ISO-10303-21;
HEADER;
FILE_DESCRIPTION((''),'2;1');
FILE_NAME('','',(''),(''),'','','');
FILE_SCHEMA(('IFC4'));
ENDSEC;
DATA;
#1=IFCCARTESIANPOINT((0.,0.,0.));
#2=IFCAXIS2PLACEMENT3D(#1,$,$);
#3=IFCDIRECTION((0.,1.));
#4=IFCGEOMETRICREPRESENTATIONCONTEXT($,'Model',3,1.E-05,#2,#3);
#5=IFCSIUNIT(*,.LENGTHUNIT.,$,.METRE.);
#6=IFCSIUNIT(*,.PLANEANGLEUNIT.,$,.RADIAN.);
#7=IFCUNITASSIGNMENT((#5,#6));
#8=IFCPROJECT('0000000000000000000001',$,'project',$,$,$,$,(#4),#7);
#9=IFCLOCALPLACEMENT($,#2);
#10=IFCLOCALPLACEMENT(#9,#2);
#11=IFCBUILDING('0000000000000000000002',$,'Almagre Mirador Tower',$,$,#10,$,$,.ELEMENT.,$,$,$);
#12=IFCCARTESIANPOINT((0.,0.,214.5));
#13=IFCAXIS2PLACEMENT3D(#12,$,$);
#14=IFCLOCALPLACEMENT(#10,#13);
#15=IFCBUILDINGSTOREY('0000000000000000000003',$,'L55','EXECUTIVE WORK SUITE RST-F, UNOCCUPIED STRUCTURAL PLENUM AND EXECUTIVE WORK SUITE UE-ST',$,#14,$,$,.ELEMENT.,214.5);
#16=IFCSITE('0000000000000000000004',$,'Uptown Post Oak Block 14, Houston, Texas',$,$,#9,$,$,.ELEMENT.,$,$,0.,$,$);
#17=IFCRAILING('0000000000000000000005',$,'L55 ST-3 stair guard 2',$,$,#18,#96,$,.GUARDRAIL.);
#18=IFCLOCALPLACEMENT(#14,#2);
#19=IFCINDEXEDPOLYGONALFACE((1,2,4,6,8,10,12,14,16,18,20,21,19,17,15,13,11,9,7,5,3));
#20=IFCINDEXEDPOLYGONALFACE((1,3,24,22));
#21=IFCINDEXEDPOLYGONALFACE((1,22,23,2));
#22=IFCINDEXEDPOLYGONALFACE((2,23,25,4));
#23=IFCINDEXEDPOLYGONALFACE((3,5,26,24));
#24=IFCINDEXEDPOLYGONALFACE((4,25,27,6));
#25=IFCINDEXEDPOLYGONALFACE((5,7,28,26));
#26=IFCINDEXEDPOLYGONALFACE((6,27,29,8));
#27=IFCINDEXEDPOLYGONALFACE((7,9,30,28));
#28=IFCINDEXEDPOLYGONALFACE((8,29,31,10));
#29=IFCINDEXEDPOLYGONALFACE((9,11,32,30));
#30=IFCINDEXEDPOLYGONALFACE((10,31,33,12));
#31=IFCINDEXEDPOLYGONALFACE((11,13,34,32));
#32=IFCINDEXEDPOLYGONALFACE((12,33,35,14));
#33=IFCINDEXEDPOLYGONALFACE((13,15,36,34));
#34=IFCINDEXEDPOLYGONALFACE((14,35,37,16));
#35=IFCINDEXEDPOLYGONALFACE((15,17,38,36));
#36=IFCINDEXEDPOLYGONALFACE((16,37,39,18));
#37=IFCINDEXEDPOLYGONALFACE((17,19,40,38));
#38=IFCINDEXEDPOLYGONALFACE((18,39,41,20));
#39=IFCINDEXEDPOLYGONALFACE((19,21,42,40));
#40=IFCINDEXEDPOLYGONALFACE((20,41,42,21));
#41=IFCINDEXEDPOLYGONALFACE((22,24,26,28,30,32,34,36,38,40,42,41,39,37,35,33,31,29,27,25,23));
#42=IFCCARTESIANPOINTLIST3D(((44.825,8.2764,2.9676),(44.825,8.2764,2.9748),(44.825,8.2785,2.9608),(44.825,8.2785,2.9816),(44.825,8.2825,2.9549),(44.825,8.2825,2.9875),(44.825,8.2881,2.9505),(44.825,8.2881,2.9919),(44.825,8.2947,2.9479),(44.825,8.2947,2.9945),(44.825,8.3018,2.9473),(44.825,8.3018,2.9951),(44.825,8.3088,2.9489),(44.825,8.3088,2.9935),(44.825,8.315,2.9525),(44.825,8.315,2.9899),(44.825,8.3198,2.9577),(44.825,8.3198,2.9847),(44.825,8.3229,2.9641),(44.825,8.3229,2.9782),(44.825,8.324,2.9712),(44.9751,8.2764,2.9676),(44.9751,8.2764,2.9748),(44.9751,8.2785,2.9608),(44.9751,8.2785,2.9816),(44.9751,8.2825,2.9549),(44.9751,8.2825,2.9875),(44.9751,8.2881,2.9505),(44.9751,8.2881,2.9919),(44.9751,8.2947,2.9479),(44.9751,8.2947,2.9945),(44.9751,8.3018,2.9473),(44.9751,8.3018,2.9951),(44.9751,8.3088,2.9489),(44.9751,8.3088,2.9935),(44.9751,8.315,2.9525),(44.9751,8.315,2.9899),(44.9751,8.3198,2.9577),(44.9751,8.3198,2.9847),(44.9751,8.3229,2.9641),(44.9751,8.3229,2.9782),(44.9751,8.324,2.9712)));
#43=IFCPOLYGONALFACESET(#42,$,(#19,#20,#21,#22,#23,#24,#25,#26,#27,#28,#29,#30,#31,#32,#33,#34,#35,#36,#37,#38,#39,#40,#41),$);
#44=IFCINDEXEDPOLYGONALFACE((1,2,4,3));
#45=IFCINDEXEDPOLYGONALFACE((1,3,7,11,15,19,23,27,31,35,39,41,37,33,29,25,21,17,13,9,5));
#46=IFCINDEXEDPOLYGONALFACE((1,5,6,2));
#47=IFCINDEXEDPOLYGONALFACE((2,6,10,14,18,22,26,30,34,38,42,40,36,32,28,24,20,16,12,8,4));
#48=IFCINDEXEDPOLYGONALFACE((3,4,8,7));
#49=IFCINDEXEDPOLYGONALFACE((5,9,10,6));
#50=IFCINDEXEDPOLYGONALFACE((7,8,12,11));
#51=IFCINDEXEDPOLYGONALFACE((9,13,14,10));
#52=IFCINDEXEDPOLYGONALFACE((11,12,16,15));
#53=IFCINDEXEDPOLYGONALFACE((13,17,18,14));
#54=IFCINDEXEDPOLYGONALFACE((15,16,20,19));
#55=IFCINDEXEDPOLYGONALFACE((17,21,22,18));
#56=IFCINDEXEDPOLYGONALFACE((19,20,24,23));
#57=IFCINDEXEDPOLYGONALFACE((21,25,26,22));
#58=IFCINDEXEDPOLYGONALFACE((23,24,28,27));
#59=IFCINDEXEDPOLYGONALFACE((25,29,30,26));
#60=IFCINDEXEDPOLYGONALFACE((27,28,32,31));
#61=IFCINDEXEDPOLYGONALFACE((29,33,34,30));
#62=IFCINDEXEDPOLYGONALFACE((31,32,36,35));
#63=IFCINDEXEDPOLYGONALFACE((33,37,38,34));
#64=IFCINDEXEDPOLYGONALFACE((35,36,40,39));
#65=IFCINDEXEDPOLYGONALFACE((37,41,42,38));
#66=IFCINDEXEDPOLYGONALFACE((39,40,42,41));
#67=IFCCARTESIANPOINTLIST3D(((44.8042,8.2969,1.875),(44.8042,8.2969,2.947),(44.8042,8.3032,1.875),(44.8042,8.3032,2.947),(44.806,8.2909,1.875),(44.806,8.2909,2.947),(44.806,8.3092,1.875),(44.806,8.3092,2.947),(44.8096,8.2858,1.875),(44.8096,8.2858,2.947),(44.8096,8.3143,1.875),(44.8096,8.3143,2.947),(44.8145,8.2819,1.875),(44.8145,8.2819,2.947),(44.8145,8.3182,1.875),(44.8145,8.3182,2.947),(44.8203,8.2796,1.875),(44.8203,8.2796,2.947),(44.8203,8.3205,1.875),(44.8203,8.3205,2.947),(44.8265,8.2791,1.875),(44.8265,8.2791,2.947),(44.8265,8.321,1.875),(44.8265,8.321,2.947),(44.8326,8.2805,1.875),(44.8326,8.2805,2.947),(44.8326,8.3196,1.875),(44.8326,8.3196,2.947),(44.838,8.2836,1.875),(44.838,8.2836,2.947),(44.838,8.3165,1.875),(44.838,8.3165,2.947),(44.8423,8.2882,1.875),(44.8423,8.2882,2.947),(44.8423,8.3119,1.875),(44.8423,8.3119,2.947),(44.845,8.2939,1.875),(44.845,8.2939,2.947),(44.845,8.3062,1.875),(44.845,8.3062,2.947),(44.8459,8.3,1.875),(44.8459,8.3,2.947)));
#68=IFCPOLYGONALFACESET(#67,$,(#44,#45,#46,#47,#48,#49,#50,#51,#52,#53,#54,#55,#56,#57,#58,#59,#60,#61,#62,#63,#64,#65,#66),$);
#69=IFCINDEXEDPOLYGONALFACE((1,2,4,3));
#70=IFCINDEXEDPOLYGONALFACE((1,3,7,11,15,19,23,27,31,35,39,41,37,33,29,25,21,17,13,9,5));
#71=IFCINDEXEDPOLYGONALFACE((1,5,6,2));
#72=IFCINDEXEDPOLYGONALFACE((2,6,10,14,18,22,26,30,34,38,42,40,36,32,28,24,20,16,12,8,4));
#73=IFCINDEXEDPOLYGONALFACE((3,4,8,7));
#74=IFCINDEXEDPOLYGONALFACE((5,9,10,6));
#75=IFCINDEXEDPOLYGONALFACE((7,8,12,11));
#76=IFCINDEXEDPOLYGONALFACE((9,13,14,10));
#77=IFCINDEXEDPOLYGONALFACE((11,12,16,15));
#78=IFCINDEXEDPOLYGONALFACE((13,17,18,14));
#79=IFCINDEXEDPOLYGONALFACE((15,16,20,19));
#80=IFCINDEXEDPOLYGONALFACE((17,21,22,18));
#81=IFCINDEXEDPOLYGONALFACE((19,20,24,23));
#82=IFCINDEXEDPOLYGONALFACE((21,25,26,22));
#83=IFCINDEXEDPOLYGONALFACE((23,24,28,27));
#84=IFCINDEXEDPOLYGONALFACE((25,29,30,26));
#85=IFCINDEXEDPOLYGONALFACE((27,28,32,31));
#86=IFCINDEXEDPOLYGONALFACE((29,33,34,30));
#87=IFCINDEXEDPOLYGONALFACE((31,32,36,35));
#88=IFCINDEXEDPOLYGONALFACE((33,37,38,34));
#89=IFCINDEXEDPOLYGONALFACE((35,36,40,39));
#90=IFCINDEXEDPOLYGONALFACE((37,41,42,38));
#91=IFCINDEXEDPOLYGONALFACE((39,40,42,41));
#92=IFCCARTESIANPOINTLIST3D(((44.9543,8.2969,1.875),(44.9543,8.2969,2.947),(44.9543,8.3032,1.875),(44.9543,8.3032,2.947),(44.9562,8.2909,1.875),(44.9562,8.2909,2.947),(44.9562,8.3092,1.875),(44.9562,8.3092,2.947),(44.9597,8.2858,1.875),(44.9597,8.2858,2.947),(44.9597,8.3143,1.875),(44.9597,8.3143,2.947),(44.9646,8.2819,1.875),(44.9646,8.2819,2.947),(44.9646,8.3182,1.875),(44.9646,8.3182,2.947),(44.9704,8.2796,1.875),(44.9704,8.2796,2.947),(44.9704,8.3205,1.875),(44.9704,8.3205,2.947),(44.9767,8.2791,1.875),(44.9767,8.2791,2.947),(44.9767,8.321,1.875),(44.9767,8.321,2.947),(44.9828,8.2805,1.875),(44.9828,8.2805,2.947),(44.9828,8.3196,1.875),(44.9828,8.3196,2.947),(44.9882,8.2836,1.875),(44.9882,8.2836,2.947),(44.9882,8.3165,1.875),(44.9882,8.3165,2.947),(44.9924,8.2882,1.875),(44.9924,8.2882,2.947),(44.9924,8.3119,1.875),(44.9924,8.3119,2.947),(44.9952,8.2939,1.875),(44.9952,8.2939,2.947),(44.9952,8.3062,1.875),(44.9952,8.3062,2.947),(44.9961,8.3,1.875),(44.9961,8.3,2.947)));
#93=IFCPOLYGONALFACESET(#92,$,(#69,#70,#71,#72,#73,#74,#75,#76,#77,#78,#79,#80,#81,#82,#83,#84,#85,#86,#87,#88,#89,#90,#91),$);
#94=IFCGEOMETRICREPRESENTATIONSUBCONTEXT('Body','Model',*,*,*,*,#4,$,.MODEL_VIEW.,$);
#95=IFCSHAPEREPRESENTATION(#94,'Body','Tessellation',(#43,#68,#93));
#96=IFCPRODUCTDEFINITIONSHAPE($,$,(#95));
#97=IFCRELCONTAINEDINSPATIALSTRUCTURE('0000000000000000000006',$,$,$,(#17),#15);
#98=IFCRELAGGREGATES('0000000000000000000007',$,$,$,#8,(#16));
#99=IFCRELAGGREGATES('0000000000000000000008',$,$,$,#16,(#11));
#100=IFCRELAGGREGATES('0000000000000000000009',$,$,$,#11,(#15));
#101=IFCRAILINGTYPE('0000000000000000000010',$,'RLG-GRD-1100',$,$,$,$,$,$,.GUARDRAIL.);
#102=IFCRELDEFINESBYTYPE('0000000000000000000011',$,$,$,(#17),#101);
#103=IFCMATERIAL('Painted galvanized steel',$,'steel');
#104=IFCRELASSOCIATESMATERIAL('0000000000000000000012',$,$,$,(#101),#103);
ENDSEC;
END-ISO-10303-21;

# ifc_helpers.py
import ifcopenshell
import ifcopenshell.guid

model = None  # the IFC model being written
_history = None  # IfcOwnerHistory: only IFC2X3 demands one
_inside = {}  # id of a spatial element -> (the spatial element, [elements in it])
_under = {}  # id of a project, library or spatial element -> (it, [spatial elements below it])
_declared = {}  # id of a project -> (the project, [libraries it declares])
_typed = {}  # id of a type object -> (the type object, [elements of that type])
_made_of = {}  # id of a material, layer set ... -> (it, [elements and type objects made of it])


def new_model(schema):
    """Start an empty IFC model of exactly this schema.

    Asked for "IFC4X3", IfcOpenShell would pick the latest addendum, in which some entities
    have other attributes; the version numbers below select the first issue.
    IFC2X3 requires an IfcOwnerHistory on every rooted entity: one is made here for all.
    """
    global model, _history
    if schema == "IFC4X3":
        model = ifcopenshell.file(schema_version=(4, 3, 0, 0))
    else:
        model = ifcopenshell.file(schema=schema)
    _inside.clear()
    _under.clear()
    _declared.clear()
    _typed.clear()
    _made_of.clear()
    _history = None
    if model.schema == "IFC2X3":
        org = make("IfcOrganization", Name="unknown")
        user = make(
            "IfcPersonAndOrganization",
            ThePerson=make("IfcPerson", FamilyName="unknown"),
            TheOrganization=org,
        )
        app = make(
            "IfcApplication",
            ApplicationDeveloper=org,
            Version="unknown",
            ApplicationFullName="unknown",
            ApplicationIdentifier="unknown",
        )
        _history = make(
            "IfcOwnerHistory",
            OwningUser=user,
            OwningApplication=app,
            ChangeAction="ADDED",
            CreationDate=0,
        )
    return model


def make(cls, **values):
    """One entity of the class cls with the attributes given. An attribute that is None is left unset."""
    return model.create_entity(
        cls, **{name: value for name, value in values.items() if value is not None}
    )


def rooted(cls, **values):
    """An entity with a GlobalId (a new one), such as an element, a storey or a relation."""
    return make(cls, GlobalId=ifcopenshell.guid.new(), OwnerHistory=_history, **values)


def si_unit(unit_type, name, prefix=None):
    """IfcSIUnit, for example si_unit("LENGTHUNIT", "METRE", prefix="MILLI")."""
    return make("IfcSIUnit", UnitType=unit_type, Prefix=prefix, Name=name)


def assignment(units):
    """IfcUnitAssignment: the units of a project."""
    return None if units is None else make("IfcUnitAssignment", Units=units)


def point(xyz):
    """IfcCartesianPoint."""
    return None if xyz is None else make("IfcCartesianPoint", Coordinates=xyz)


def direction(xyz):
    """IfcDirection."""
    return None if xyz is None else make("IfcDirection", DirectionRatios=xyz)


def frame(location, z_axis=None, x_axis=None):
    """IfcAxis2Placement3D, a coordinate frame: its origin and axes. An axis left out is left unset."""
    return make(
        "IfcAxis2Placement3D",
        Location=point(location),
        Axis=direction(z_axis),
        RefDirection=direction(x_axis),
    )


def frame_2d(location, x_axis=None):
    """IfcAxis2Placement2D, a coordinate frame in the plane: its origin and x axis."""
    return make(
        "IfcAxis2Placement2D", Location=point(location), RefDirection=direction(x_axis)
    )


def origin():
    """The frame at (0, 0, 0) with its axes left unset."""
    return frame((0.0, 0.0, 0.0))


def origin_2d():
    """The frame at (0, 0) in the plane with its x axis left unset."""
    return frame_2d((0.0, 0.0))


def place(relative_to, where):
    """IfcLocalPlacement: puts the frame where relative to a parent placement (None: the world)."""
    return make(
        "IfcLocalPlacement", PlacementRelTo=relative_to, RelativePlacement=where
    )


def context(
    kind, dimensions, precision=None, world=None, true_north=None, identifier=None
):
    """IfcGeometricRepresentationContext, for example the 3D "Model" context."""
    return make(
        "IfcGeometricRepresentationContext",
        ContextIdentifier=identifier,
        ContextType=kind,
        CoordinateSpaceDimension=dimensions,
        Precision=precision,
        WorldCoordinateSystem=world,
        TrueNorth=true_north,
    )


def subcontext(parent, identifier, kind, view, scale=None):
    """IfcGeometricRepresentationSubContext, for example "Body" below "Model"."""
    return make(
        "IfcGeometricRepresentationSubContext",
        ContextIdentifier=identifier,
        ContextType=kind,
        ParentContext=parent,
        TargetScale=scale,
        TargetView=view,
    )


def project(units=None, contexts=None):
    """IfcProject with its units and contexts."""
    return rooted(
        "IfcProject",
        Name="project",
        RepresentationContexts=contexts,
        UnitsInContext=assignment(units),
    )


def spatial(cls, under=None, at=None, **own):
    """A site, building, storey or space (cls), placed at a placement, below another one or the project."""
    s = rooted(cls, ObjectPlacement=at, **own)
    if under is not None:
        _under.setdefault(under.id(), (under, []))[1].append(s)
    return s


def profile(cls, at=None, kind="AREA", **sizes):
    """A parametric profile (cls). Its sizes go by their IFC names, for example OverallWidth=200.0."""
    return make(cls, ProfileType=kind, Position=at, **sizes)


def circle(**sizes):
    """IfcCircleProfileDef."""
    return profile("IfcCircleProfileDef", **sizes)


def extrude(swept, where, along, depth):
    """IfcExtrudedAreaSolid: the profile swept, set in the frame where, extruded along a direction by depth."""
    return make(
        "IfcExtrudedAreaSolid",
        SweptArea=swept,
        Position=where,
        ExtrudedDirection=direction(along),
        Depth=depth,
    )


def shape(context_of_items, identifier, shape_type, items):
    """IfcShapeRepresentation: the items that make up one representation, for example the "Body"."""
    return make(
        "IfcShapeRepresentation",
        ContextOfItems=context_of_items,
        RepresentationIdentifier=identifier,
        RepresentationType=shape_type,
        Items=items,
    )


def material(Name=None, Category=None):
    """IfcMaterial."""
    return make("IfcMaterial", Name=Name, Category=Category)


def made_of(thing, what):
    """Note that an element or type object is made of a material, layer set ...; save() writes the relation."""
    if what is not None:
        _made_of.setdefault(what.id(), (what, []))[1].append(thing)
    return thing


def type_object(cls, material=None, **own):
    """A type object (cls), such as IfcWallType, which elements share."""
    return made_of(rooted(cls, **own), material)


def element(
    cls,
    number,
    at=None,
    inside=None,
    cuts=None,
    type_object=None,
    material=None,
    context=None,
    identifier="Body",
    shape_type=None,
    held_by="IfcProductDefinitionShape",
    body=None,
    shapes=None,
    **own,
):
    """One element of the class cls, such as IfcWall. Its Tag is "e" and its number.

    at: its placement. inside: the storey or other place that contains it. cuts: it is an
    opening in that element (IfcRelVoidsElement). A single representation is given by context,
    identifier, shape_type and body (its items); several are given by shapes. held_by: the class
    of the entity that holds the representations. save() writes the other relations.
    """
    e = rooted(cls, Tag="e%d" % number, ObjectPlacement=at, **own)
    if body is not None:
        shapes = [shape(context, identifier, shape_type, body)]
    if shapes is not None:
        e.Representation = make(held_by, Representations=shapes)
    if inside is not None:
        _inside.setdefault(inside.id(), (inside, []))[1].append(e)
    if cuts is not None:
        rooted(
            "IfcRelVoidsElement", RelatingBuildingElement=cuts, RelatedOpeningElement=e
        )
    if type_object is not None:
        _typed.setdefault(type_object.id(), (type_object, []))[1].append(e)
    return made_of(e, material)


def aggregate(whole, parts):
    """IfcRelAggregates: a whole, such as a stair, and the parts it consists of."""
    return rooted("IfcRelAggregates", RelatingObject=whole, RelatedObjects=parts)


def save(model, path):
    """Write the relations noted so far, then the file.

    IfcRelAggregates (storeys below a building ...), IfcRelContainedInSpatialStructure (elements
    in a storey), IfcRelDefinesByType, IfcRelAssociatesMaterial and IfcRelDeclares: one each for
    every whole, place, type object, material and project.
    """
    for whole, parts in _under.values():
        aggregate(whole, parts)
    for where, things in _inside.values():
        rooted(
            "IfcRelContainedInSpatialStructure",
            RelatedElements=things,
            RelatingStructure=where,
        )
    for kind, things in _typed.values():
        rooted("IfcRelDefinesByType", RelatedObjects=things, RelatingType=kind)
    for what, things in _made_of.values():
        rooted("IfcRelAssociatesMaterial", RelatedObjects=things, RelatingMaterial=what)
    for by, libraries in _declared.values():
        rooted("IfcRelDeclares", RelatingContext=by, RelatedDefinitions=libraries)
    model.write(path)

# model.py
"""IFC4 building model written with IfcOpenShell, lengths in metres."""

from ifc_helpers import new_model, si_unit, direction, frame, origin, origin_2d, place, context, subcontext, project, spatial, circle, extrude, material, type_object, element, save


model = new_model("IFC4")

# Units and contexts
model_context = context("Model", 3, precision=1e-05, world=origin(), true_north=direction((0.0, 1.0)))
body_context = subcontext(model_context, "Body", "Model", "MODEL_VIEW")
ifc_project = project(units=[si_unit("LENGTHUNIT", "METRE"), si_unit("PLANEANGLEUNIT", "RADIAN")], contexts=[model_context])

# Site, building, storey
site_placement = place(None, origin())
site = spatial("IfcSite", under=ifc_project, at=site_placement, Name="Uptown Post Oak Block 14, Houston, Texas", CompositionType="ELEMENT", RefElevation=0.0)
building_placement = place(site_placement, origin())
building = spatial("IfcBuilding", under=site, at=building_placement, Name="Almagre Mirador Tower", CompositionType="ELEMENT")
storey_placement = place(building_placement, frame((0.0, 0.0, 214.5)))
storey = spatial("IfcBuildingStorey", under=building, at=storey_placement, Name="L55", Description="EXECUTIVE WORK SUITE RST-F, UNOCCUPIED STRUCTURAL PLENUM AND EXECUTIVE WORK SUITE UE-ST", CompositionType="ELEMENT", Elevation=214.5)

# Railing
ifc_material_1 = material(Name="Painted galvanized steel", Category="steel")
railing_type_1 = type_object("IfcRailingType", Name="RLG-GRD-1100", PredefinedType="GUARDRAIL", material=ifc_material_1)
railing_1_placement = place(storey_placement, frame((44.825, 8.3, 1.875)))
element("IfcRailing", 1, at=railing_1_placement, inside=storey, type_object=railing_type_1, Name="L55 ST-3 stair guard 2", PredefinedType="GUARDRAIL", context=body_context, shape_type="SweptSolid", body=[
    extrude(circle(Radius=0.0239, at=origin_2d()), frame((0.0, 0.0, 1.0962), z_axis=(1.0, 0.0, 0.0), x_axis=(0.0, 1.0, 0.0)), (0.0, 0.0, 1.0), 0.1501),
    extrude(circle(Radius=0.021, at=origin_2d()), origin(), (0.0, 0.0, 1.0), 1.072),
    extrude(circle(Radius=0.021, at=origin_2d()), frame((0.1501, 0.0, 0.0)), (0.0, 0.0, 1.0), 1.072),
])

save(model, "model.ifc")
